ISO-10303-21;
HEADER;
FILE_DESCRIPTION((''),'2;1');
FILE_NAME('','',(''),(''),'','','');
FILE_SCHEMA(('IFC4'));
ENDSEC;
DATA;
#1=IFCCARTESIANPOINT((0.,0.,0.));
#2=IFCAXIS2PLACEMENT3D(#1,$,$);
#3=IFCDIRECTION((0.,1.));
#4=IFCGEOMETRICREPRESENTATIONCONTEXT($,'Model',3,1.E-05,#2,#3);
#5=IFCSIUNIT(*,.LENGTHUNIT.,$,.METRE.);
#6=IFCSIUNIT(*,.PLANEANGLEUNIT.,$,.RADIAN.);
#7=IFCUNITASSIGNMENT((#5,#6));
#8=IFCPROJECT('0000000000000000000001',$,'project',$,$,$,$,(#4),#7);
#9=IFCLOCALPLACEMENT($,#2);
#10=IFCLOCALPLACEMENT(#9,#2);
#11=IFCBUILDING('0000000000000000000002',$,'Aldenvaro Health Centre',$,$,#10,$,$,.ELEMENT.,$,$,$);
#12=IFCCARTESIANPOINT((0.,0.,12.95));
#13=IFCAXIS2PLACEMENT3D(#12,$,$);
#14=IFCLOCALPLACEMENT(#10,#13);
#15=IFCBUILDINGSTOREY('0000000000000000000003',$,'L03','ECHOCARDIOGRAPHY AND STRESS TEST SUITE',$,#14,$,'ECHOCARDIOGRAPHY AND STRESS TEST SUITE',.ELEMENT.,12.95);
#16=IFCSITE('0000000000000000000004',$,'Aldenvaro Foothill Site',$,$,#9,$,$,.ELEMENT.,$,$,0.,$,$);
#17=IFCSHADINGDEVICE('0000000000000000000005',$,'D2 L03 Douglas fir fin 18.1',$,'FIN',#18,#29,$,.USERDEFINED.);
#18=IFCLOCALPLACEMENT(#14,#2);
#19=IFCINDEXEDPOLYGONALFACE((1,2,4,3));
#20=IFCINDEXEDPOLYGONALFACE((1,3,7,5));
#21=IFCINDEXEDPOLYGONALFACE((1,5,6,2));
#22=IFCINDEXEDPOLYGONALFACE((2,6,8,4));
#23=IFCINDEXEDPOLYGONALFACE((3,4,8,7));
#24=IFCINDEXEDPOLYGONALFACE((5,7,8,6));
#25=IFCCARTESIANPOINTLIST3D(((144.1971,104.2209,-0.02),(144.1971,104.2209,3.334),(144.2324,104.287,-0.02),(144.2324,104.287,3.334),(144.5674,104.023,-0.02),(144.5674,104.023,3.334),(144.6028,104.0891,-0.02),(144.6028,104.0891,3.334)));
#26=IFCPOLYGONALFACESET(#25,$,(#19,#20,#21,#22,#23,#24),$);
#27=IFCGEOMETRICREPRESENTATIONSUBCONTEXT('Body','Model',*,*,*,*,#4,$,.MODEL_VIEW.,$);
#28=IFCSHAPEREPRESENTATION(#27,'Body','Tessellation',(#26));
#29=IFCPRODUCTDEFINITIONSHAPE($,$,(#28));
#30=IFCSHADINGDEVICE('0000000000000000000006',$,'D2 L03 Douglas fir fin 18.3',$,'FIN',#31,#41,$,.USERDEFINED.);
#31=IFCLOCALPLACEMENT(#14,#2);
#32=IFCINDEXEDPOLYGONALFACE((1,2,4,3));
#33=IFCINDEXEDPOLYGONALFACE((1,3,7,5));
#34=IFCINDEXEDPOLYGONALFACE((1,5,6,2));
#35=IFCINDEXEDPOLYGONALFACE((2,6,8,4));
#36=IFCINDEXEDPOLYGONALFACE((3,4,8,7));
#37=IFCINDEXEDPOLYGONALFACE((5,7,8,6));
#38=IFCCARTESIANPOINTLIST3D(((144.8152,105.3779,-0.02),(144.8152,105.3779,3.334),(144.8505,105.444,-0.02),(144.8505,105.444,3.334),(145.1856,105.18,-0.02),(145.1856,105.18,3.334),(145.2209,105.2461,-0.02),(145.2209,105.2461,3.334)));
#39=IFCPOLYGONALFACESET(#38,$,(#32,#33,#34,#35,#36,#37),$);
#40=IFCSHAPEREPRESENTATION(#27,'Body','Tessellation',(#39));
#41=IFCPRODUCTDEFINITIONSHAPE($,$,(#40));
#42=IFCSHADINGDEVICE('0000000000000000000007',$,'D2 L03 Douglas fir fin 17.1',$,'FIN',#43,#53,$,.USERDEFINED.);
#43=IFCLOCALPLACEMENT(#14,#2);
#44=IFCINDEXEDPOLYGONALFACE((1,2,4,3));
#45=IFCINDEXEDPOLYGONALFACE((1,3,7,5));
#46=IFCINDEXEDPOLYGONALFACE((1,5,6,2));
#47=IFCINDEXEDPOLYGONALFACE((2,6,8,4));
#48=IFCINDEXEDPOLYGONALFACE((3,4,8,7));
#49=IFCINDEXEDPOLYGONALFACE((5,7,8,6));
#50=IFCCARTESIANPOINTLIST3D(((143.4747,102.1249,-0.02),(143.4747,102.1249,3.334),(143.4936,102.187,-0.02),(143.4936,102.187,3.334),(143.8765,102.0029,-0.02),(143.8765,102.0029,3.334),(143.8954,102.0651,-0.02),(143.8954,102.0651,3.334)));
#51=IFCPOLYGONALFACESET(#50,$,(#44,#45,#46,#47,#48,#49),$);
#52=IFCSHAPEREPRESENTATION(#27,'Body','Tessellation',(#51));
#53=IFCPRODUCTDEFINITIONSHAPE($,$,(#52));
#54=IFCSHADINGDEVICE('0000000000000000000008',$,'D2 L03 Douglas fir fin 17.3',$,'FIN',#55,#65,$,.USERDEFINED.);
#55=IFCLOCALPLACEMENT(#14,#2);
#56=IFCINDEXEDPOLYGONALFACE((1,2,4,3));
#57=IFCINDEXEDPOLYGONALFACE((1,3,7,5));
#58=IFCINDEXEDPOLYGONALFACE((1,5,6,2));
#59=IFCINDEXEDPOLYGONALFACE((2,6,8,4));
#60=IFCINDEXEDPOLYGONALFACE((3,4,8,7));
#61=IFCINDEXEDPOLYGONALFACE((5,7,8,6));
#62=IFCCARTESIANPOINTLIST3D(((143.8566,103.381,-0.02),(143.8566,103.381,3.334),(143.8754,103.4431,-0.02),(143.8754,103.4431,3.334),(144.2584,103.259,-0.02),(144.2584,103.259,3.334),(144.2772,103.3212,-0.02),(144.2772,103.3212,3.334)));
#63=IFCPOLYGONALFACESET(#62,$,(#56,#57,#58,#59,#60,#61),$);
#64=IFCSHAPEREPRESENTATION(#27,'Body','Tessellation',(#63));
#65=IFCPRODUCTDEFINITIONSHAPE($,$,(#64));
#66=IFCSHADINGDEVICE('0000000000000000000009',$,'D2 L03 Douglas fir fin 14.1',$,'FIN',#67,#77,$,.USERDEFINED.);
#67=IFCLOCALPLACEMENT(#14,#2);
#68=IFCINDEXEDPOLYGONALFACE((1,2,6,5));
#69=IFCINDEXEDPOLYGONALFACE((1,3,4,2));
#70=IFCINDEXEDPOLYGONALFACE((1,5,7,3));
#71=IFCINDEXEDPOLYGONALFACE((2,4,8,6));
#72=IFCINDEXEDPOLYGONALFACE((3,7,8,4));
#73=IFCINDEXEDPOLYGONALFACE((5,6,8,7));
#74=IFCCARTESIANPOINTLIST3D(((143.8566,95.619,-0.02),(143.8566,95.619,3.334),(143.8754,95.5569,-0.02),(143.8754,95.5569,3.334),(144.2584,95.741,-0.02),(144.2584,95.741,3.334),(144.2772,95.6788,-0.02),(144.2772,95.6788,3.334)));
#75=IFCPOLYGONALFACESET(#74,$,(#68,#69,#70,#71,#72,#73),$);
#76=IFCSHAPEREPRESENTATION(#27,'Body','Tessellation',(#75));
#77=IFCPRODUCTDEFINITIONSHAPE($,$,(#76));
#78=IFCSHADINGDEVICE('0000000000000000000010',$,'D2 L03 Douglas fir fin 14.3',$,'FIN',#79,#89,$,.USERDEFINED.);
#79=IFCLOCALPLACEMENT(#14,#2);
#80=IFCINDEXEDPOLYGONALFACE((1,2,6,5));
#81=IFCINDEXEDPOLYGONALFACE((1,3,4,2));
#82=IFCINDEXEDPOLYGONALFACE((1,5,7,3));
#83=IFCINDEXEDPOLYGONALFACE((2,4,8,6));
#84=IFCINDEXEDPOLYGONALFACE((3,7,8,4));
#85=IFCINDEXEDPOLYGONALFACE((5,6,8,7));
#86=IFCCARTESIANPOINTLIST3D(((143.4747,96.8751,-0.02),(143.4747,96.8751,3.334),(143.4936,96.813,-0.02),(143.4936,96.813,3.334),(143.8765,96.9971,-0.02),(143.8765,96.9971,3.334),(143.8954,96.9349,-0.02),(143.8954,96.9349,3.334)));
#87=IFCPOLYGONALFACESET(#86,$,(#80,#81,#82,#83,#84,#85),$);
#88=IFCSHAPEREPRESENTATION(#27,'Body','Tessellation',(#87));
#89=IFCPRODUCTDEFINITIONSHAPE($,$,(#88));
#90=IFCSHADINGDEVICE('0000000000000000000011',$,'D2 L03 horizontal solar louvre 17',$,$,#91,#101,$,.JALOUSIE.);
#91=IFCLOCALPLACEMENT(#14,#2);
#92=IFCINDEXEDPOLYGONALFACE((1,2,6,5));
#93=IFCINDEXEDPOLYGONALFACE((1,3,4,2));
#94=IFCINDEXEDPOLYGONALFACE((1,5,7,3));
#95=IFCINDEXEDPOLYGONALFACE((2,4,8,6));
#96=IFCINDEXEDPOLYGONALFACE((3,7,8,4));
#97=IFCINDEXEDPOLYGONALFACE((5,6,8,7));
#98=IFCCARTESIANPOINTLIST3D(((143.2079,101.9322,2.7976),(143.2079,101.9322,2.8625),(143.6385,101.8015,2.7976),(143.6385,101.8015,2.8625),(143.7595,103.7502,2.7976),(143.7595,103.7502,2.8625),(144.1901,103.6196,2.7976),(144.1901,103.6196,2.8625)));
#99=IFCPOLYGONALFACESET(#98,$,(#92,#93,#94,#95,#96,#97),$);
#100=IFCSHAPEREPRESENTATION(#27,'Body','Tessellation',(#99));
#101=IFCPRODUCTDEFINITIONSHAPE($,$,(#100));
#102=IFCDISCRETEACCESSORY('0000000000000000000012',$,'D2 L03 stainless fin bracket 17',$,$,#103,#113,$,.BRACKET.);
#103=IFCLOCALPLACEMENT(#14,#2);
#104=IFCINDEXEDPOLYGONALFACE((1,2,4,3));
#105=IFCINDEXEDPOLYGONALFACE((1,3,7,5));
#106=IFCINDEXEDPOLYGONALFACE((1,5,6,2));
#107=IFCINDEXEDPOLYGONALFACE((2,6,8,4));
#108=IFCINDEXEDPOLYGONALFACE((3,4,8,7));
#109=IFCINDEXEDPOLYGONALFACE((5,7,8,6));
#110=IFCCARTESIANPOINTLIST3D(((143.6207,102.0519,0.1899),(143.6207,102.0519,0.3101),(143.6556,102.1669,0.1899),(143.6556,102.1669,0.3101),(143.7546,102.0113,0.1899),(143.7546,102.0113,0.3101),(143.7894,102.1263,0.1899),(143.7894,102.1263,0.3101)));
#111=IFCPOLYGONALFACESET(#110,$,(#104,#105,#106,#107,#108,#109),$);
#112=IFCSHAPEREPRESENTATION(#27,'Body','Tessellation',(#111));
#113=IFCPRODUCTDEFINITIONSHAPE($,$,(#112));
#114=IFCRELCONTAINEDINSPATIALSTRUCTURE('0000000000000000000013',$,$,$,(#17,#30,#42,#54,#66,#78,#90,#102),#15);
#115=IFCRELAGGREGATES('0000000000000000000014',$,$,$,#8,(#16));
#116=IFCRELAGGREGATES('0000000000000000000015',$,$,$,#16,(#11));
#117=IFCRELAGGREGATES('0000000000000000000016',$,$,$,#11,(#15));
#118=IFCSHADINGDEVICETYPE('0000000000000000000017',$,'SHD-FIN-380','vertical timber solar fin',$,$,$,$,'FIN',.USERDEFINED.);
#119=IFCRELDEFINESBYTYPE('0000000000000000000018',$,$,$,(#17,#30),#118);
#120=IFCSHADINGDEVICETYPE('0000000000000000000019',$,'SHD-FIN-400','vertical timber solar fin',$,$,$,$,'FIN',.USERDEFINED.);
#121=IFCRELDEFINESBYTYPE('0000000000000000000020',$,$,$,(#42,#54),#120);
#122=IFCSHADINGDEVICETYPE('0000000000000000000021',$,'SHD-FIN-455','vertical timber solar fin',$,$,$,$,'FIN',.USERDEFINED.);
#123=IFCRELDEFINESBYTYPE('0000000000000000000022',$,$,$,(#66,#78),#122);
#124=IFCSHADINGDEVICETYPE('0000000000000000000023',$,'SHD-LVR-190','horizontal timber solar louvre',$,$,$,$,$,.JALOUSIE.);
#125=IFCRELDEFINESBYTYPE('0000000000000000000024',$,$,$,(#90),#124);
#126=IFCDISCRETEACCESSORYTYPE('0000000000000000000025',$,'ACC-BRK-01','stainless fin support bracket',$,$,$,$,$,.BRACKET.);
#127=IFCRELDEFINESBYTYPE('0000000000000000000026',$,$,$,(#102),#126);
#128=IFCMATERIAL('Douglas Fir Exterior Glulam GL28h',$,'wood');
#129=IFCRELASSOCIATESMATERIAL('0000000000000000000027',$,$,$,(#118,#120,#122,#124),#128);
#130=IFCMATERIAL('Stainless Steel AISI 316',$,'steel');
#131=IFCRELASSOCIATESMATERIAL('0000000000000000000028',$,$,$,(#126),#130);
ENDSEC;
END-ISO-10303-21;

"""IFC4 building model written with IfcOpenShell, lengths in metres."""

from ifc_helpers import new_model, si_unit, direction, frame, origin, origin_2d, place, context, subcontext, project, spatial, rectangle, extrude, material, type_object, element, save


model = new_model("IFC4")

# Units and contexts
model_context = context("Model", 3, precision=1e-05, world=origin(), true_north=direction((0.0, 1.0)))
body_context = subcontext(model_context, "Body", "Model", "MODEL_VIEW")
ifc_project = project(units=[si_unit("LENGTHUNIT", "METRE"), si_unit("PLANEANGLEUNIT", "RADIAN")], contexts=[model_context])

# Site, building, storey
site_placement = place(None, origin())
site = spatial("IfcSite", under=ifc_project, at=site_placement, Name="Aldenvaro Foothill Site", CompositionType="ELEMENT", RefElevation=0.0)
building_placement = place(site_placement, origin())
building = spatial("IfcBuilding", under=site, at=building_placement, Name="Aldenvaro Health Centre", CompositionType="ELEMENT")
storey_placement = place(building_placement, frame((0.0, 0.0, 12.95)))
storey = spatial("IfcBuildingStorey", under=building, at=storey_placement, Name="L03", Description="ECHOCARDIOGRAPHY AND STRESS TEST SUITE", LongName="ECHOCARDIOGRAPHY AND STRESS TEST SUITE", CompositionType="ELEMENT", Elevation=12.95)

# Shading devices
ifc_material_1 = material(Name="Douglas Fir Exterior Glulam GL28h", Category="wood")
shading_device_type_1 = type_object("IfcShadingDeviceType", Name="SHD-FIN-380", Description="vertical timber solar fin", ElementType="FIN", PredefinedType="USERDEFINED", material=ifc_material_1)
for number, where, z_axis, x_axis, name in (
    (1, (144.3999, 104.155, -0.02), (0.0, 0.0, 1.0), (0.471215, 0.882018, 0.0), "D2 L03 Douglas fir fin 18.1"),
    (2, (145.0181, 105.312, -0.02), (0.0, 0.0, 1.0), (0.471215, 0.882018, 0.0), "D2 L03 Douglas fir fin 18.3"),
):
    element("IfcShadingDevice", number, at=place(storey_placement, frame(where, z_axis=z_axis, x_axis=x_axis)), inside=storey, type_object=shading_device_type_1, Name=name, ObjectType="FIN", PredefinedType="USERDEFINED", context=body_context, shape_type="SweptSolid", body=[
        extrude(rectangle(XDim=0.075, YDim=0.4199, at=origin_2d()), origin(), (0.0, 0.0, 1.0), 3.354),
    ])
shading_device_type_2 = type_object("IfcShadingDeviceType", Name="SHD-FIN-400", Description="vertical timber solar fin", ElementType="FIN", PredefinedType="USERDEFINED", material=ifc_material_1)
for number, where, z_axis, x_axis, name in (
    (3, (143.6851, 102.095, -0.02), (0.0, 0.0, 1.0), (0.29033, 0.956927, 0.0), "D2 L03 Douglas fir fin 17.1"),
    (4, (144.0669, 103.3511, -0.02), (0.0, 0.0, 1.0), (0.29033, 0.956927, 0.0), "D2 L03 Douglas fir fin 17.3"),
):
    element("IfcShadingDevice", number, at=place(storey_placement, frame(where, z_axis=z_axis, x_axis=x_axis)), inside=storey, type_object=shading_device_type_2, Name=name, ObjectType="FIN", PredefinedType="USERDEFINED", context=body_context, shape_type="SweptSolid", body=[
        extrude(rectangle(XDim=0.0649, YDim=0.4199, at=origin_2d()), origin(), (0.0, 0.0, 1.0), 3.354),
    ])
shading_device_type_3 = type_object("IfcShadingDeviceType", Name="SHD-FIN-455", Description="vertical timber solar fin", ElementType="FIN", PredefinedType="USERDEFINED", material=ifc_material_1)
for number, where, z_axis, x_axis, name in (
    (5, (144.0669, 95.6489, -0.02), (0.0, 0.0, 1.0), (-0.29033, 0.956927, 0.0), "D2 L03 Douglas fir fin 14.1"),
    (6, (143.6851, 96.905, -0.02), (0.0, 0.0, 1.0), (-0.29033, 0.956927, 0.0), "D2 L03 Douglas fir fin 14.3"),
):
    element("IfcShadingDevice", number, at=place(storey_placement, frame(where, z_axis=z_axis, x_axis=x_axis)), inside=storey, type_object=shading_device_type_3, Name=name, ObjectType="FIN", PredefinedType="USERDEFINED", context=body_context, shape_type="SweptSolid", body=[
        extrude(rectangle(XDim=0.0649, YDim=0.4199, at=origin_2d()), origin(), (0.0, 0.0, 1.0), 3.354),
    ])
shading_device_type_4 = type_object("IfcShadingDeviceType", Name="SHD-LVR-190", Description="horizontal timber solar louvre", PredefinedType="JALOUSIE", material=ifc_material_1)
shading_device_placement = place(storey_placement, frame((143.699, 102.7759, 2.7976), z_axis=(0.0, 0.0, 1.0), x_axis=(0.29033, 0.956927, 0.0)))
element("IfcShadingDevice", 7, at=shading_device_placement, inside=storey, type_object=shading_device_type_4, Name="D2 L03 horizontal solar louvre 17", PredefinedType="JALOUSIE", context=body_context, shape_type="SweptSolid", body=[
    extrude(rectangle(XDim=1.8999, YDim=0.45, at=origin_2d()), origin(), (0.0, 0.0, 1.0), 0.0649),
])

# Discrete accessory
ifc_material_2 = material(Name="Stainless Steel AISI 316", Category="steel")
discrete_accessory_type = type_object("IfcDiscreteAccessoryType", Name="ACC-BRK-01", Description="stainless fin support bracket", PredefinedType="BRACKET", material=ifc_material_2)
discrete_accessory_placement = place(storey_placement, frame((143.7051, 102.0891, 0.1899), z_axis=(0.0, 0.0, 1.0), x_axis=(0.29033, 0.956927, 0.0)))
element("IfcDiscreteAccessory", 8, at=discrete_accessory_placement, inside=storey, type_object=discrete_accessory_type, Name="D2 L03 stainless fin bracket 17", PredefinedType="BRACKET", context=body_context, shape_type="SweptSolid", body=[
    extrude(rectangle(XDim=0.1201, YDim=0.1399, at=origin_2d()), origin(), (0.0, 0.0, 1.0), 0.1201),
])

save(model, "model.ifc")
